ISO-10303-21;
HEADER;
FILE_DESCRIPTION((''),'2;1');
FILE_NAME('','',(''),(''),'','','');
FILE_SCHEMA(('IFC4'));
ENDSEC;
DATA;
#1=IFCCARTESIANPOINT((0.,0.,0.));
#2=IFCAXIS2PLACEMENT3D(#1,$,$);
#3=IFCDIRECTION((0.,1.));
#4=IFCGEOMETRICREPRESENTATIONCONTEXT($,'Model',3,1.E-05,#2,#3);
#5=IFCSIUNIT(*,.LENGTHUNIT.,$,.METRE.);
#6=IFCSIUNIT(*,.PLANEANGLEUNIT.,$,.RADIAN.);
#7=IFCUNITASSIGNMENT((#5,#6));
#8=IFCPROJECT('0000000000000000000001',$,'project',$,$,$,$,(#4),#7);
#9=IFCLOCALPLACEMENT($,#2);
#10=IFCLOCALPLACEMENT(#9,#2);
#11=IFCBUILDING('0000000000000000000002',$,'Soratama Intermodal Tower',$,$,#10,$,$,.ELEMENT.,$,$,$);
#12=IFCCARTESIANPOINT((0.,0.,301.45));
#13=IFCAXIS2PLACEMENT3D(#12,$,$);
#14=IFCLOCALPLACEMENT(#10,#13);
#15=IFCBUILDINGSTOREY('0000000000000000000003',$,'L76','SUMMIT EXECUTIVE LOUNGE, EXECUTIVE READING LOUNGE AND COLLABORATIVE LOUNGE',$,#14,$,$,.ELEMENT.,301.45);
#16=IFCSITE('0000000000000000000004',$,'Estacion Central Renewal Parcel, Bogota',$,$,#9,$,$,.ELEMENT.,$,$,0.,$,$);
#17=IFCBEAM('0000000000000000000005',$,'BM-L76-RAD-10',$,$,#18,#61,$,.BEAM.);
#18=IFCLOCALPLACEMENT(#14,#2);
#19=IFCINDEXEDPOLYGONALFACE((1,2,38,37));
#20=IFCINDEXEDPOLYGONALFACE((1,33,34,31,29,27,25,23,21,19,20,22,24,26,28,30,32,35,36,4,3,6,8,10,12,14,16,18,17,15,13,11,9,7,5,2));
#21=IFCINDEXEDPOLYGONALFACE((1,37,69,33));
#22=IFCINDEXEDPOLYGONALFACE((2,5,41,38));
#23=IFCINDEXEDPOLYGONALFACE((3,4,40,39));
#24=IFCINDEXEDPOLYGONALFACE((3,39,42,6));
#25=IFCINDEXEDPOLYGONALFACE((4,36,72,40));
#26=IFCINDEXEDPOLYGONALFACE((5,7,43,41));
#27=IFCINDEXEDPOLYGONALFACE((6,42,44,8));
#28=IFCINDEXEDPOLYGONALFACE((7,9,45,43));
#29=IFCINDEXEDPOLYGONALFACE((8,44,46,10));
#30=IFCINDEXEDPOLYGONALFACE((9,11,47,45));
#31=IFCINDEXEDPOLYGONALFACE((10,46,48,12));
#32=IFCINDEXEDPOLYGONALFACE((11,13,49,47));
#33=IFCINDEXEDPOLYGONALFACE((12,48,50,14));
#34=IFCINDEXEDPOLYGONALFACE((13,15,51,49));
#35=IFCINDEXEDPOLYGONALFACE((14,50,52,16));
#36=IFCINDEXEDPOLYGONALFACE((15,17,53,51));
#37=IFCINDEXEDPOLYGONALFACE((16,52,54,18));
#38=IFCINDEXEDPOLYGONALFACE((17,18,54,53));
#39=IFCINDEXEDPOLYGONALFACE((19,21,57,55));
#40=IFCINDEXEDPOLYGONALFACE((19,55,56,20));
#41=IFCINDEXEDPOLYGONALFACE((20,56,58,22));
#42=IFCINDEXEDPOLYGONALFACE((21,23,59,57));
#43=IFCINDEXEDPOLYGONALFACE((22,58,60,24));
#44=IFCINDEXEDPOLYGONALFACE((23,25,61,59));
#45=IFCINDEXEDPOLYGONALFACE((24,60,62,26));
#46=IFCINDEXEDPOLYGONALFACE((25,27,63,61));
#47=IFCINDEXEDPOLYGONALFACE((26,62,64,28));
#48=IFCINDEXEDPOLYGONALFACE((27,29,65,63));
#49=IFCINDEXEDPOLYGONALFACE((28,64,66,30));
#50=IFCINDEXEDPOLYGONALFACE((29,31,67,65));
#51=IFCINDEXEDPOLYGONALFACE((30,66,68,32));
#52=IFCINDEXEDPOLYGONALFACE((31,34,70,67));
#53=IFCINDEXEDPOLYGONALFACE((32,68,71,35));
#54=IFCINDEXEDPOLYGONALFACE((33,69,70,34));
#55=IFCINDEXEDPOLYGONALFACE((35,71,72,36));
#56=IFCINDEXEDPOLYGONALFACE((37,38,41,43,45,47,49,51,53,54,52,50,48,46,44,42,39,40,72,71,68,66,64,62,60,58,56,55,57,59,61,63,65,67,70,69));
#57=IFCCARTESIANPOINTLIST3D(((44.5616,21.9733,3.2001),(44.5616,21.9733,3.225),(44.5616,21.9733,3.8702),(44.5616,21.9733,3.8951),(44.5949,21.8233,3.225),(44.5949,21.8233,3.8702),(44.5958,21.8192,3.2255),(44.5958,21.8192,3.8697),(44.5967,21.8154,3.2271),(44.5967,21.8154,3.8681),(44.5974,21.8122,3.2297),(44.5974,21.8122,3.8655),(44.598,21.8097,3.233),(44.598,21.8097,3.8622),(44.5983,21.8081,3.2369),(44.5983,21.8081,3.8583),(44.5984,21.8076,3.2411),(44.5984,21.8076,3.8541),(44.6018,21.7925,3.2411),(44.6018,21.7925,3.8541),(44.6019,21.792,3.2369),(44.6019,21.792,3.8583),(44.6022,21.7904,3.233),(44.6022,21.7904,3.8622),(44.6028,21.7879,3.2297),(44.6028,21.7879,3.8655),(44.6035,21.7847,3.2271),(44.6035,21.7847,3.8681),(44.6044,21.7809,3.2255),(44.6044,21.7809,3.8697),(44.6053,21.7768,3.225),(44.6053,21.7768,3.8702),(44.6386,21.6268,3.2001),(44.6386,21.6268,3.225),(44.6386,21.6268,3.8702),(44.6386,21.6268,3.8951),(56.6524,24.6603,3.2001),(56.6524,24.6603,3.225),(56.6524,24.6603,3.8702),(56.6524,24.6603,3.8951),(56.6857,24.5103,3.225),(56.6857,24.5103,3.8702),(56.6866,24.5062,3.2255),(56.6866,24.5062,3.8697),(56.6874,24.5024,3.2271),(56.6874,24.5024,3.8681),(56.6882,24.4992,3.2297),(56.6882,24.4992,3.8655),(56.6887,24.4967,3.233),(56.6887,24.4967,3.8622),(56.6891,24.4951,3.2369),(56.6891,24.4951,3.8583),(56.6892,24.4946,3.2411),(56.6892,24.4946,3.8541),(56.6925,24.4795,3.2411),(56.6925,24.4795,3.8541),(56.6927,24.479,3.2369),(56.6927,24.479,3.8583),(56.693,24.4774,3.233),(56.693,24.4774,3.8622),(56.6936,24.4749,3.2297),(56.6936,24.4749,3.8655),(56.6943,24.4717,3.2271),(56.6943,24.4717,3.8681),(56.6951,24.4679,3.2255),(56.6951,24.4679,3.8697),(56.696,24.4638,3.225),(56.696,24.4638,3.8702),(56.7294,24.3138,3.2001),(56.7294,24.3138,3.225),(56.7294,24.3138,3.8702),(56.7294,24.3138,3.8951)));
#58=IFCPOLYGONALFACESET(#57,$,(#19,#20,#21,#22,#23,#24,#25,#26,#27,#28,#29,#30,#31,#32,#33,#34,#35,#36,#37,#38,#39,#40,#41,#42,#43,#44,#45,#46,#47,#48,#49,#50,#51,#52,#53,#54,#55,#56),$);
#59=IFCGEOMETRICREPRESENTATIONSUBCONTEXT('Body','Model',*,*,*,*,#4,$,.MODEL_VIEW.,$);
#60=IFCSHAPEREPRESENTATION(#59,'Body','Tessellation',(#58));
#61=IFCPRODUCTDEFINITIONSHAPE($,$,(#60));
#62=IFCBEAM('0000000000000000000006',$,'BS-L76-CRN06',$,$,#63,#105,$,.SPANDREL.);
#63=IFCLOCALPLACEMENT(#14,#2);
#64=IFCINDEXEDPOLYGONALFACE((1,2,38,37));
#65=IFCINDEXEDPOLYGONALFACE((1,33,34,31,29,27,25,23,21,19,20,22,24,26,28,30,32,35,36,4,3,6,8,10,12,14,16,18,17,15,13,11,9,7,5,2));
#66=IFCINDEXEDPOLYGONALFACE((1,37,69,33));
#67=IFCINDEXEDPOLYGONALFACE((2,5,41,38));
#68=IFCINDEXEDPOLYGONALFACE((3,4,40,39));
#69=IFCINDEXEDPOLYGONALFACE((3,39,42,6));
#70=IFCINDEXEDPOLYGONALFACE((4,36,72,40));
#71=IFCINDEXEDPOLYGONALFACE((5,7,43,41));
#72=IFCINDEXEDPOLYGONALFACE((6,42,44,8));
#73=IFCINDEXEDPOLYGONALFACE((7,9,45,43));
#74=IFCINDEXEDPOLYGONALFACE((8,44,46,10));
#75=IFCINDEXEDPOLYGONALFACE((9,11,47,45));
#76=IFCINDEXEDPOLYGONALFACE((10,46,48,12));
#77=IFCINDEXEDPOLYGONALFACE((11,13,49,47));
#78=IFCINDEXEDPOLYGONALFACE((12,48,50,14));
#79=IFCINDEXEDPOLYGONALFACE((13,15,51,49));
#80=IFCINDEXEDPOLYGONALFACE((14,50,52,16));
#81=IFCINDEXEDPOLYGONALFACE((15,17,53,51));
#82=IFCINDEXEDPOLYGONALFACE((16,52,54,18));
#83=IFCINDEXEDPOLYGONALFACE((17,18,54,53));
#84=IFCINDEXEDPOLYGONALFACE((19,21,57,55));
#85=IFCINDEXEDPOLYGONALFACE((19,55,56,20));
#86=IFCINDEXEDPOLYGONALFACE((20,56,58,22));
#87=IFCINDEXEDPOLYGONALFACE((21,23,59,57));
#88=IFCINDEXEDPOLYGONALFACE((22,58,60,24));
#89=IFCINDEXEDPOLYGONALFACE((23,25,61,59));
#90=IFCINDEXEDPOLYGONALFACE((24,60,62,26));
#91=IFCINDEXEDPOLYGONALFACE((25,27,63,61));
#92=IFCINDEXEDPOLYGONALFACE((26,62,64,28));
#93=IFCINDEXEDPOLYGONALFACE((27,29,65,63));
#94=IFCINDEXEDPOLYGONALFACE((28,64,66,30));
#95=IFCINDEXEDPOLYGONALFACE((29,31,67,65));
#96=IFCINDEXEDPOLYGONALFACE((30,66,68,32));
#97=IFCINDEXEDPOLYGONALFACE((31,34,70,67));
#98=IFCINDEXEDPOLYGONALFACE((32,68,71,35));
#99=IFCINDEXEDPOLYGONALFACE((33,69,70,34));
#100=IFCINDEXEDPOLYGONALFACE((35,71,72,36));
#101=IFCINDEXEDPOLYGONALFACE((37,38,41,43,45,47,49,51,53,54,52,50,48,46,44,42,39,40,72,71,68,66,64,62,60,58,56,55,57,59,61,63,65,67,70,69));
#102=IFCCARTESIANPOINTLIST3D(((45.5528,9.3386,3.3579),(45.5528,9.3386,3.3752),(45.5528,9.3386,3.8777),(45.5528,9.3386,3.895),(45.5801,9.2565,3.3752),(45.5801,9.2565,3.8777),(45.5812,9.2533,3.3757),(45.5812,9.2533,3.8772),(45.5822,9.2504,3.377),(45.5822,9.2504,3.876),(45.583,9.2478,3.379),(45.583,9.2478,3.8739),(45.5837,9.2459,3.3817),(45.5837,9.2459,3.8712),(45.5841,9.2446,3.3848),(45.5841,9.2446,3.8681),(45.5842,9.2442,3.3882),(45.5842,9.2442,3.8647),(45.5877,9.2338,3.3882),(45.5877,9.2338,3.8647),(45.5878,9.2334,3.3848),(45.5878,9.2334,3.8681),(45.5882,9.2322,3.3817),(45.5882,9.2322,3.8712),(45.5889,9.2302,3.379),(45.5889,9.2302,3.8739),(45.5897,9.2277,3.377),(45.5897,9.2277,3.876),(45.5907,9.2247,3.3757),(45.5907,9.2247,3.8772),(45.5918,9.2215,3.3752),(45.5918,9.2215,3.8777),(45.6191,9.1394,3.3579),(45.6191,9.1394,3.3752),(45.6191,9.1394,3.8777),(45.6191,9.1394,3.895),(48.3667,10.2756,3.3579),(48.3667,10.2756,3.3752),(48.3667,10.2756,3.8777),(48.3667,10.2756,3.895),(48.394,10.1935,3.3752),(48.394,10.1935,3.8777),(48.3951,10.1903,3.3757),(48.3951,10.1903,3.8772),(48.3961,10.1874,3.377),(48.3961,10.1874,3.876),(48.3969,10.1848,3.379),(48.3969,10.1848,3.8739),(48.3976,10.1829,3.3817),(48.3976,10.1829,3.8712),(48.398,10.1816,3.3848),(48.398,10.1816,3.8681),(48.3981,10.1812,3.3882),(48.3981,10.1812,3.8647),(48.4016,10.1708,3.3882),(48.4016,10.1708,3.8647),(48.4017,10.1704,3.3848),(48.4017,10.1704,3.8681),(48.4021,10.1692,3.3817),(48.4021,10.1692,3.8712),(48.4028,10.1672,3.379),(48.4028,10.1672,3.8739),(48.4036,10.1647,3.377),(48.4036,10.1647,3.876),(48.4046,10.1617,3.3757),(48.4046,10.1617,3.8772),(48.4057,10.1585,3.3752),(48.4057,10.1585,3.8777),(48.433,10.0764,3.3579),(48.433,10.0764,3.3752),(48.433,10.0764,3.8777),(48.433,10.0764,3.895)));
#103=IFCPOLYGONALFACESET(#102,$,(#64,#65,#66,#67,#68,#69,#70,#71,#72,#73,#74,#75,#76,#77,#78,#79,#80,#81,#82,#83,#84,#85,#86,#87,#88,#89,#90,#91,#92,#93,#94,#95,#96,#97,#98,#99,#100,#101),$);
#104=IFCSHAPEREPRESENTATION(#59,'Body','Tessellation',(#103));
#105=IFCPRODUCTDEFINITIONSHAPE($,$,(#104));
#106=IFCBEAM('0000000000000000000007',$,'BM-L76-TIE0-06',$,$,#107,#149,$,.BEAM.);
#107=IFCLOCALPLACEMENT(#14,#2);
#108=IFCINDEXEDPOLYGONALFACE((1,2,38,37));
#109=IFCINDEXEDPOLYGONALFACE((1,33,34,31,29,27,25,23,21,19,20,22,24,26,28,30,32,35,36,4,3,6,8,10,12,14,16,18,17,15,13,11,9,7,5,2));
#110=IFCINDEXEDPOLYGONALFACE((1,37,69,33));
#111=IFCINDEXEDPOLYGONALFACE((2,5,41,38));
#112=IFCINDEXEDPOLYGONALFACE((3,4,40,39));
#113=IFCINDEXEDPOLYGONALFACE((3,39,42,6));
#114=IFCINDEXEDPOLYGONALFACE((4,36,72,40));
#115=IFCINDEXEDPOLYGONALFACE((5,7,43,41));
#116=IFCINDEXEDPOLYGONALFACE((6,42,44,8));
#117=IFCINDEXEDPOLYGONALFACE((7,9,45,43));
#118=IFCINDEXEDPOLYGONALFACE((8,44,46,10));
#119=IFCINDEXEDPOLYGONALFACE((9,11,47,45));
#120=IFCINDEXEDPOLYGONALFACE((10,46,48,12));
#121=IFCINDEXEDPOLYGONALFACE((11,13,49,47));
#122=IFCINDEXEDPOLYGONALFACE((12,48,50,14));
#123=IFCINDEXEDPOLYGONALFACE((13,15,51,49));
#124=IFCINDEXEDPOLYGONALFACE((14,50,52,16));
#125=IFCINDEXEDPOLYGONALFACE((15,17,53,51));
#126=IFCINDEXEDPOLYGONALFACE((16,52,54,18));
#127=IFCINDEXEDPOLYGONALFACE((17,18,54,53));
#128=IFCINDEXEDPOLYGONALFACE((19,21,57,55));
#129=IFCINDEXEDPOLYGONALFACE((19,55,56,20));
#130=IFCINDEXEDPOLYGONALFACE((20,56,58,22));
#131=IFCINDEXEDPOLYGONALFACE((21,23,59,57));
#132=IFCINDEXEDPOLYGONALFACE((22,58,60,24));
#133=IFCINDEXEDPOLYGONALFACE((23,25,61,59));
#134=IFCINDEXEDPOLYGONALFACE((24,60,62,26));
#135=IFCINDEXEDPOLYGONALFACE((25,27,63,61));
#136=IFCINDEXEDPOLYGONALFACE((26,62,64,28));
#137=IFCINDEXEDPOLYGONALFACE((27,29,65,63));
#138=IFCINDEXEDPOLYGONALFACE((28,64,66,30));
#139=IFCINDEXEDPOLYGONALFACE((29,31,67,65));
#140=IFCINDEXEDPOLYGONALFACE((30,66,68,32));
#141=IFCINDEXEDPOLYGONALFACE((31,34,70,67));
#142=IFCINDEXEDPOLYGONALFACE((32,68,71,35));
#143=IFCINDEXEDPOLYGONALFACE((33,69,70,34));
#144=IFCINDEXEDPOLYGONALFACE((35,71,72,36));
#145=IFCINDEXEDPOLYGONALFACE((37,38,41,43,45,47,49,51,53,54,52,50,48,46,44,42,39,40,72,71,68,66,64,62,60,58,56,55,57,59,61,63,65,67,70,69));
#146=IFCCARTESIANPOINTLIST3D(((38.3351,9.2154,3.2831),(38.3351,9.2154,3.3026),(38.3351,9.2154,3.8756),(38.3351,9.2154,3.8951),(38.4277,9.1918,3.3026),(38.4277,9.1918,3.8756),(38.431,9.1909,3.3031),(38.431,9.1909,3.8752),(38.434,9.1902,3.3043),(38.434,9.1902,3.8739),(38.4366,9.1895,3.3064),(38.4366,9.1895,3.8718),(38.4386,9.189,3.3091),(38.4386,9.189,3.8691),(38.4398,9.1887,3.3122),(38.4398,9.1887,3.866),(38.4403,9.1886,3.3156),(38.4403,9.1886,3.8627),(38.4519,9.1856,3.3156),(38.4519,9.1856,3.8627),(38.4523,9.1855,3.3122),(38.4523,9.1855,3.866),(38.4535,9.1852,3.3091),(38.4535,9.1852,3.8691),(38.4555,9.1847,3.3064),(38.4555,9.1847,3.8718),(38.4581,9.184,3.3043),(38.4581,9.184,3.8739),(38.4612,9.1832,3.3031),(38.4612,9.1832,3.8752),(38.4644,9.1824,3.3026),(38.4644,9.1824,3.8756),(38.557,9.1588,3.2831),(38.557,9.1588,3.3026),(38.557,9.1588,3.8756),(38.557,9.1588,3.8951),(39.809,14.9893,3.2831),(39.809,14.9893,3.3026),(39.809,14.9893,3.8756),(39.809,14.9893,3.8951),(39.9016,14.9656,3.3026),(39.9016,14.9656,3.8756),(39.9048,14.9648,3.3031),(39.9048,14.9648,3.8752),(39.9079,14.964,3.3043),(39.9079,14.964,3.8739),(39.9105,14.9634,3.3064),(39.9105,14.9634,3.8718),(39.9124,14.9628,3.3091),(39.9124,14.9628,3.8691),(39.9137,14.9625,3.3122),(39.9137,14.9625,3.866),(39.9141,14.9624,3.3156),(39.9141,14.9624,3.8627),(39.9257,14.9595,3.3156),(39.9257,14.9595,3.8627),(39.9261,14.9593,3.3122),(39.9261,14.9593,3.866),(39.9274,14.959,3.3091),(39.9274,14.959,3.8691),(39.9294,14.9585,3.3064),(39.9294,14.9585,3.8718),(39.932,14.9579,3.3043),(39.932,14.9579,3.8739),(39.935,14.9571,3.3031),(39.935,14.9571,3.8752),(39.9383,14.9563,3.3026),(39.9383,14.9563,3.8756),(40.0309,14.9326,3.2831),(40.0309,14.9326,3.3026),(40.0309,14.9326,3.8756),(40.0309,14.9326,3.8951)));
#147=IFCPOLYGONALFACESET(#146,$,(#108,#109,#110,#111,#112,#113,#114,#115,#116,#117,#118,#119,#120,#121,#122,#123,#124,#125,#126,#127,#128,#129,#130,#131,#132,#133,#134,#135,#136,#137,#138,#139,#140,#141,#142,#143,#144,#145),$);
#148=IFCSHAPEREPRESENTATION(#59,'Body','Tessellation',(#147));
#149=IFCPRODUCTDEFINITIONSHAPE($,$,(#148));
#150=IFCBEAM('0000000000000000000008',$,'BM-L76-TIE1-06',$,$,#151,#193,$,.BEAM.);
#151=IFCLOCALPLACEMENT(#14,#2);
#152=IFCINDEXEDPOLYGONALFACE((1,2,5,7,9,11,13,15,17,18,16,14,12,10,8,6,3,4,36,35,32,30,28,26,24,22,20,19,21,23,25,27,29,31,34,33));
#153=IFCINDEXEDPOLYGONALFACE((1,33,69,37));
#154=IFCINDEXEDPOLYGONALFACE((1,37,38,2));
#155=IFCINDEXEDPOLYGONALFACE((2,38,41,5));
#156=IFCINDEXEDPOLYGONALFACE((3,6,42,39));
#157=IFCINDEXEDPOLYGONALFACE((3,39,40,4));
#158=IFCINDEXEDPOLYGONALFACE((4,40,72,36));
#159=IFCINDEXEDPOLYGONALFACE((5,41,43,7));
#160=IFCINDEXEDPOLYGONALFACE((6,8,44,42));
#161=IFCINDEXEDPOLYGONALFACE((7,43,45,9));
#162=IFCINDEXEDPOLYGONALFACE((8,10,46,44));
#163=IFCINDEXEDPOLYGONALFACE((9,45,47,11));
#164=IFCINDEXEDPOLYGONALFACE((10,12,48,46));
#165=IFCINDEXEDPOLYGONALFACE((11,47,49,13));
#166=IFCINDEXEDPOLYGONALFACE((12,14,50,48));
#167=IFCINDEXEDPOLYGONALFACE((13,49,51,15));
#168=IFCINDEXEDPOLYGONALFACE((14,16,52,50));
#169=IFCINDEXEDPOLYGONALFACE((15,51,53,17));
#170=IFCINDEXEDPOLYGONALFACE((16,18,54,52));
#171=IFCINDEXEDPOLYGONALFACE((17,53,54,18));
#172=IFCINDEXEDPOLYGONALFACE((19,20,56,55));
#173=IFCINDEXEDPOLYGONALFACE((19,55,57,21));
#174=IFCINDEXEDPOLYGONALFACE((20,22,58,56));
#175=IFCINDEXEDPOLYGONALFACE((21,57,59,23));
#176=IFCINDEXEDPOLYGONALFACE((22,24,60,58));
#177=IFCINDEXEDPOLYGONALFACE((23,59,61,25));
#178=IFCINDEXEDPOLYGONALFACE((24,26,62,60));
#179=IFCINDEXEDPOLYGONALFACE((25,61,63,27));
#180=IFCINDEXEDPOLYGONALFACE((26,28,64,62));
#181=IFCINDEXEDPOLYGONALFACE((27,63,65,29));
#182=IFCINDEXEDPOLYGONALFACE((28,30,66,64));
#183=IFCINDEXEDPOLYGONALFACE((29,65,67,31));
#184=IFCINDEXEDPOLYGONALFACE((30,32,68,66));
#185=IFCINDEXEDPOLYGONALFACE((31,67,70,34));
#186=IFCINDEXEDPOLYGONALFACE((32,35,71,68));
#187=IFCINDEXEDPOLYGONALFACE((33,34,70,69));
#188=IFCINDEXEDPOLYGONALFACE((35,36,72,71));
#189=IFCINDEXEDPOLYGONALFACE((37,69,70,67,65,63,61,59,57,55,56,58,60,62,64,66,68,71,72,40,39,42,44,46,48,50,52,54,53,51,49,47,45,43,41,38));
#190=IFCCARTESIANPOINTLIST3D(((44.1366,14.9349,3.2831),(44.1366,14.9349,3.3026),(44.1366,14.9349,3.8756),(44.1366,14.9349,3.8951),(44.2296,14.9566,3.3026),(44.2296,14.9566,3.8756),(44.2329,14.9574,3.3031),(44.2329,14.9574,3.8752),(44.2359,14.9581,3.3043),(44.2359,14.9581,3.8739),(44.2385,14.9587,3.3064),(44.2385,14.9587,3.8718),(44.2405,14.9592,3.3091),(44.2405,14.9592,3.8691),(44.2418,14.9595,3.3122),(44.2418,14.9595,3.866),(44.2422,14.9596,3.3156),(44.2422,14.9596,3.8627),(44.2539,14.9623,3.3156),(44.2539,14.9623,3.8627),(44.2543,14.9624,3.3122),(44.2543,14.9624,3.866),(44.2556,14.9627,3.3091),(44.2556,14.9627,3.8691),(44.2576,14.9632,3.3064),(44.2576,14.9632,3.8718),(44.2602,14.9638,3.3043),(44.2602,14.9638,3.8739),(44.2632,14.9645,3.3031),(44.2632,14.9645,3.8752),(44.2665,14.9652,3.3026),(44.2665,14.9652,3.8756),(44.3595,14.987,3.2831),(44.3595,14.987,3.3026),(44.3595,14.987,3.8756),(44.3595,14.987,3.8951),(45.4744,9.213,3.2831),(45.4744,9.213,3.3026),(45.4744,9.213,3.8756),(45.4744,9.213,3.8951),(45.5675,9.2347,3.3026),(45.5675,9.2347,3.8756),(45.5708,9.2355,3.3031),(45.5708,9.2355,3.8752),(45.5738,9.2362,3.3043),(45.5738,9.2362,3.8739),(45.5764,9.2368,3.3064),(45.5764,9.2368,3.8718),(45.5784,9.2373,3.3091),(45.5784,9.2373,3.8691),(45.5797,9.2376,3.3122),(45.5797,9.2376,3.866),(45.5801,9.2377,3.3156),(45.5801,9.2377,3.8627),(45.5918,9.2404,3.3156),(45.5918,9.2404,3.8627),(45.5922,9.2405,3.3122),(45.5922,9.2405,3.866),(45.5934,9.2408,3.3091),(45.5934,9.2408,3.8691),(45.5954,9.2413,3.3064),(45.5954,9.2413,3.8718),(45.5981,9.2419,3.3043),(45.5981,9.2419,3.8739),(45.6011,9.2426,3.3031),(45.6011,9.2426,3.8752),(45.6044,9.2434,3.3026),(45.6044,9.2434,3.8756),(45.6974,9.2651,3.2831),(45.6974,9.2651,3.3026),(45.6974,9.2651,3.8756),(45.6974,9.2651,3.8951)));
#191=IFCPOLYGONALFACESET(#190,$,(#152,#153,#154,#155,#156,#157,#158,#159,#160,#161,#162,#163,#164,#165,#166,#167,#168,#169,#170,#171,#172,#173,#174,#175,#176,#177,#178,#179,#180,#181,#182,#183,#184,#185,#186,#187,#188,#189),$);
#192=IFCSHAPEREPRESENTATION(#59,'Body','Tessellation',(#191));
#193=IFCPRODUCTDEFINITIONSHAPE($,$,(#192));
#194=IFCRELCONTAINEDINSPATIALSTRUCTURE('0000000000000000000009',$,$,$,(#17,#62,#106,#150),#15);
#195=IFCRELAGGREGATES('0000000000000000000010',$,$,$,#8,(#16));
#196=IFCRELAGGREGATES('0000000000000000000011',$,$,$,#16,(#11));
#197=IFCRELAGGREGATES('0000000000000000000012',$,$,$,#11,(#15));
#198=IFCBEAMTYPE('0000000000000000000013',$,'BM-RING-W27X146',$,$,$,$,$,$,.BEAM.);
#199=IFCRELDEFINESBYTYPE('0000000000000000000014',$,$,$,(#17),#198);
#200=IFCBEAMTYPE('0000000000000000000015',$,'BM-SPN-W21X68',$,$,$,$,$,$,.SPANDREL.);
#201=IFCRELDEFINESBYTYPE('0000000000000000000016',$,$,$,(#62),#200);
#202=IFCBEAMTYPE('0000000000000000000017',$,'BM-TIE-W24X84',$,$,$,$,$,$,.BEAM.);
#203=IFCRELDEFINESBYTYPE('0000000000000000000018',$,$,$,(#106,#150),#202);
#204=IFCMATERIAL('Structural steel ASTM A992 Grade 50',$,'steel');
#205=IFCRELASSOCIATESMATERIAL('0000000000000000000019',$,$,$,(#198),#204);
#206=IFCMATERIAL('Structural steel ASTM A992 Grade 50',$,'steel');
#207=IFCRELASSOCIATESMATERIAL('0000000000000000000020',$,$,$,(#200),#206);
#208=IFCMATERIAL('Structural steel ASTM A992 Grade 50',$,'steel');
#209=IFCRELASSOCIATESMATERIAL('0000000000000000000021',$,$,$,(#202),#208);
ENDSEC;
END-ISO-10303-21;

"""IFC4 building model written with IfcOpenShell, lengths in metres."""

from ifc_helpers import new_model, si_unit, direction, frame, origin, origin_2d, place, context, subcontext, project, spatial, i_section, extrude, material, material_profile, profile_set, type_object, element, save


model = new_model("IFC4")

# Units and contexts
model_context = context("Model", 3, precision=1e-05, world=origin(), true_north=direction((0.0, 1.0)))
body_context = subcontext(model_context, "Body", "Model", "MODEL_VIEW")
ifc_project = project(units=[si_unit("LENGTHUNIT", "METRE"), si_unit("PLANEANGLEUNIT", "RADIAN")], contexts=[model_context])

# Site, building, storey
site_placement = place(None, origin())
site = spatial("IfcSite", under=ifc_project, at=site_placement, Name="Estacion Central Renewal Parcel, Bogota", CompositionType="ELEMENT", RefElevation=0.0)
building_placement = place(site_placement, origin())
building = spatial("IfcBuilding", under=site, at=building_placement, Name="Soratama Intermodal Tower", CompositionType="ELEMENT")
storey_placement = place(building_placement, frame((0.0, 0.0, 301.45)))
storey = spatial("IfcBuildingStorey", under=building, at=storey_placement, Name="L76", Description="SUMMIT EXECUTIVE LOUNGE, EXECUTIVE READING LOUNGE AND COLLABORATIVE LOUNGE", CompositionType="ELEMENT", Elevation=301.45)

# Beams
ifc_material_1 = material(Name="Structural steel ASTM A992 Grade 50", Category="steel")
ifc_material_profile_1 = material_profile(ifc_material_1, i_section(OverallWidth=0.355, OverallDepth=0.6951, WebThickness=0.0154, FlangeThickness=0.0249, FilletRadius=0.0161, at=origin_2d()), Name="W27X146")
ifc_profile_set_1 = profile_set([ifc_material_profile_1], Name="Structural steel ASTM A992 Grade 50")
beam_type_1 = type_object("IfcBeamType", Name="BM-RING-W27X146", PredefinedType="BEAM", material=ifc_profile_set_1)
beam_1_placement = place(storey_placement, frame((44.6001, 21.8, 3.5476), z_axis=(0.976184, 0.216943, 0.0), x_axis=(-0.216943, 0.976184, 0.0)))
element("IfcBeam", 1, at=beam_1_placement, inside=storey, type_object=beam_type_1, Name="BM-L76-RAD-10", PredefinedType="BEAM", context=body_context, shape_type="SweptSolid", body=[
    extrude(i_section(OverallWidth=0.355, OverallDepth=0.6951, WebThickness=0.0154, FlangeThickness=0.0249, FilletRadius=0.0161, at=origin_2d()), origin(), (0.0, 0.0, 1.0), 12.3857),
])
ifc_material_2 = material(Name="Structural steel ASTM A992 Grade 50", Category="steel")
ifc_material_profile_2 = material_profile(ifc_material_2, i_section(OverallWidth=0.21, OverallDepth=0.5371, WebThickness=0.011, FlangeThickness=0.0173, FilletRadius=0.0129, at=origin_2d()), Name="W21X68")
ifc_profile_set_2 = profile_set([ifc_material_profile_2], Name="Structural steel ASTM A992 Grade 50")
beam_type_2 = type_object("IfcBeamType", Name="BM-SPN-W21X68", PredefinedType="SPANDREL", material=ifc_profile_set_2)
beam_2_placement = place(storey_placement, frame((45.5859, 9.239, 3.6265), z_axis=(0.948782, 0.315931, 0.0), x_axis=(-0.315931, 0.948782, 0.0)))
element("IfcBeam", 2, at=beam_2_placement, inside=storey, type_object=beam_type_2, Name="BS-L76-CRN06", PredefinedType="SPANDREL", context=body_context, shape_type="SweptSolid", body=[
    extrude(i_section(OverallWidth=0.21, OverallDepth=0.5371, WebThickness=0.011, FlangeThickness=0.0173, FilletRadius=0.0129, at=origin_2d()), origin(), (0.0, 0.0, 1.0), 2.9658),
])
ifc_material_3 = material(Name="Structural steel ASTM A992 Grade 50", Category="steel")
ifc_material_profile_3 = material_profile(ifc_material_3, i_section(OverallWidth=0.229, OverallDepth=0.6121, WebThickness=0.012, FlangeThickness=0.0195, FilletRadius=0.0129, at=origin_2d()), Name="W24X84")
ifc_profile_set_3 = profile_set([ifc_material_profile_3], Name="Structural steel ASTM A992 Grade 50")
beam_type_3 = type_object("IfcBeamType", Name="BM-TIE-W24X84", PredefinedType="BEAM", material=ifc_profile_set_3)
beam_3_placement = place(storey_placement, frame((39.9199, 14.9609, 3.5891), z_axis=(-0.247333, -0.96893, 0.0), x_axis=(0.96893, -0.247333, 0.0)))
element("IfcBeam", 3, at=beam_3_placement, inside=storey, type_object=beam_type_3, Name="BM-L76-TIE0-06", PredefinedType="BEAM", context=body_context, shape_type="SweptSolid", body=[
    extrude(i_section(OverallWidth=0.229, OverallDepth=0.6121, WebThickness=0.012, FlangeThickness=0.0195, FilletRadius=0.0129, at=origin_2d()), origin(), (0.0, 0.0, 1.0), 5.959),
])
beam_4_placement = place(storey_placement, frame((44.248, 14.9609, 3.5891), z_axis=(0.227677, -0.973737, 0.0), x_axis=(0.973737, 0.227677, 0.0)))
element("IfcBeam", 4, at=beam_4_placement, inside=storey, type_object=beam_type_3, Name="BM-L76-TIE1-06", PredefinedType="BEAM", context=body_context, shape_type="SweptSolid", body=[
    extrude(i_section(OverallWidth=0.229, OverallDepth=0.6121, WebThickness=0.012, FlangeThickness=0.0195, FilletRadius=0.0129, at=origin_2d()), origin(), (0.0, 0.0, 1.0), 5.8762),
])

save(model, "model.ifc")
